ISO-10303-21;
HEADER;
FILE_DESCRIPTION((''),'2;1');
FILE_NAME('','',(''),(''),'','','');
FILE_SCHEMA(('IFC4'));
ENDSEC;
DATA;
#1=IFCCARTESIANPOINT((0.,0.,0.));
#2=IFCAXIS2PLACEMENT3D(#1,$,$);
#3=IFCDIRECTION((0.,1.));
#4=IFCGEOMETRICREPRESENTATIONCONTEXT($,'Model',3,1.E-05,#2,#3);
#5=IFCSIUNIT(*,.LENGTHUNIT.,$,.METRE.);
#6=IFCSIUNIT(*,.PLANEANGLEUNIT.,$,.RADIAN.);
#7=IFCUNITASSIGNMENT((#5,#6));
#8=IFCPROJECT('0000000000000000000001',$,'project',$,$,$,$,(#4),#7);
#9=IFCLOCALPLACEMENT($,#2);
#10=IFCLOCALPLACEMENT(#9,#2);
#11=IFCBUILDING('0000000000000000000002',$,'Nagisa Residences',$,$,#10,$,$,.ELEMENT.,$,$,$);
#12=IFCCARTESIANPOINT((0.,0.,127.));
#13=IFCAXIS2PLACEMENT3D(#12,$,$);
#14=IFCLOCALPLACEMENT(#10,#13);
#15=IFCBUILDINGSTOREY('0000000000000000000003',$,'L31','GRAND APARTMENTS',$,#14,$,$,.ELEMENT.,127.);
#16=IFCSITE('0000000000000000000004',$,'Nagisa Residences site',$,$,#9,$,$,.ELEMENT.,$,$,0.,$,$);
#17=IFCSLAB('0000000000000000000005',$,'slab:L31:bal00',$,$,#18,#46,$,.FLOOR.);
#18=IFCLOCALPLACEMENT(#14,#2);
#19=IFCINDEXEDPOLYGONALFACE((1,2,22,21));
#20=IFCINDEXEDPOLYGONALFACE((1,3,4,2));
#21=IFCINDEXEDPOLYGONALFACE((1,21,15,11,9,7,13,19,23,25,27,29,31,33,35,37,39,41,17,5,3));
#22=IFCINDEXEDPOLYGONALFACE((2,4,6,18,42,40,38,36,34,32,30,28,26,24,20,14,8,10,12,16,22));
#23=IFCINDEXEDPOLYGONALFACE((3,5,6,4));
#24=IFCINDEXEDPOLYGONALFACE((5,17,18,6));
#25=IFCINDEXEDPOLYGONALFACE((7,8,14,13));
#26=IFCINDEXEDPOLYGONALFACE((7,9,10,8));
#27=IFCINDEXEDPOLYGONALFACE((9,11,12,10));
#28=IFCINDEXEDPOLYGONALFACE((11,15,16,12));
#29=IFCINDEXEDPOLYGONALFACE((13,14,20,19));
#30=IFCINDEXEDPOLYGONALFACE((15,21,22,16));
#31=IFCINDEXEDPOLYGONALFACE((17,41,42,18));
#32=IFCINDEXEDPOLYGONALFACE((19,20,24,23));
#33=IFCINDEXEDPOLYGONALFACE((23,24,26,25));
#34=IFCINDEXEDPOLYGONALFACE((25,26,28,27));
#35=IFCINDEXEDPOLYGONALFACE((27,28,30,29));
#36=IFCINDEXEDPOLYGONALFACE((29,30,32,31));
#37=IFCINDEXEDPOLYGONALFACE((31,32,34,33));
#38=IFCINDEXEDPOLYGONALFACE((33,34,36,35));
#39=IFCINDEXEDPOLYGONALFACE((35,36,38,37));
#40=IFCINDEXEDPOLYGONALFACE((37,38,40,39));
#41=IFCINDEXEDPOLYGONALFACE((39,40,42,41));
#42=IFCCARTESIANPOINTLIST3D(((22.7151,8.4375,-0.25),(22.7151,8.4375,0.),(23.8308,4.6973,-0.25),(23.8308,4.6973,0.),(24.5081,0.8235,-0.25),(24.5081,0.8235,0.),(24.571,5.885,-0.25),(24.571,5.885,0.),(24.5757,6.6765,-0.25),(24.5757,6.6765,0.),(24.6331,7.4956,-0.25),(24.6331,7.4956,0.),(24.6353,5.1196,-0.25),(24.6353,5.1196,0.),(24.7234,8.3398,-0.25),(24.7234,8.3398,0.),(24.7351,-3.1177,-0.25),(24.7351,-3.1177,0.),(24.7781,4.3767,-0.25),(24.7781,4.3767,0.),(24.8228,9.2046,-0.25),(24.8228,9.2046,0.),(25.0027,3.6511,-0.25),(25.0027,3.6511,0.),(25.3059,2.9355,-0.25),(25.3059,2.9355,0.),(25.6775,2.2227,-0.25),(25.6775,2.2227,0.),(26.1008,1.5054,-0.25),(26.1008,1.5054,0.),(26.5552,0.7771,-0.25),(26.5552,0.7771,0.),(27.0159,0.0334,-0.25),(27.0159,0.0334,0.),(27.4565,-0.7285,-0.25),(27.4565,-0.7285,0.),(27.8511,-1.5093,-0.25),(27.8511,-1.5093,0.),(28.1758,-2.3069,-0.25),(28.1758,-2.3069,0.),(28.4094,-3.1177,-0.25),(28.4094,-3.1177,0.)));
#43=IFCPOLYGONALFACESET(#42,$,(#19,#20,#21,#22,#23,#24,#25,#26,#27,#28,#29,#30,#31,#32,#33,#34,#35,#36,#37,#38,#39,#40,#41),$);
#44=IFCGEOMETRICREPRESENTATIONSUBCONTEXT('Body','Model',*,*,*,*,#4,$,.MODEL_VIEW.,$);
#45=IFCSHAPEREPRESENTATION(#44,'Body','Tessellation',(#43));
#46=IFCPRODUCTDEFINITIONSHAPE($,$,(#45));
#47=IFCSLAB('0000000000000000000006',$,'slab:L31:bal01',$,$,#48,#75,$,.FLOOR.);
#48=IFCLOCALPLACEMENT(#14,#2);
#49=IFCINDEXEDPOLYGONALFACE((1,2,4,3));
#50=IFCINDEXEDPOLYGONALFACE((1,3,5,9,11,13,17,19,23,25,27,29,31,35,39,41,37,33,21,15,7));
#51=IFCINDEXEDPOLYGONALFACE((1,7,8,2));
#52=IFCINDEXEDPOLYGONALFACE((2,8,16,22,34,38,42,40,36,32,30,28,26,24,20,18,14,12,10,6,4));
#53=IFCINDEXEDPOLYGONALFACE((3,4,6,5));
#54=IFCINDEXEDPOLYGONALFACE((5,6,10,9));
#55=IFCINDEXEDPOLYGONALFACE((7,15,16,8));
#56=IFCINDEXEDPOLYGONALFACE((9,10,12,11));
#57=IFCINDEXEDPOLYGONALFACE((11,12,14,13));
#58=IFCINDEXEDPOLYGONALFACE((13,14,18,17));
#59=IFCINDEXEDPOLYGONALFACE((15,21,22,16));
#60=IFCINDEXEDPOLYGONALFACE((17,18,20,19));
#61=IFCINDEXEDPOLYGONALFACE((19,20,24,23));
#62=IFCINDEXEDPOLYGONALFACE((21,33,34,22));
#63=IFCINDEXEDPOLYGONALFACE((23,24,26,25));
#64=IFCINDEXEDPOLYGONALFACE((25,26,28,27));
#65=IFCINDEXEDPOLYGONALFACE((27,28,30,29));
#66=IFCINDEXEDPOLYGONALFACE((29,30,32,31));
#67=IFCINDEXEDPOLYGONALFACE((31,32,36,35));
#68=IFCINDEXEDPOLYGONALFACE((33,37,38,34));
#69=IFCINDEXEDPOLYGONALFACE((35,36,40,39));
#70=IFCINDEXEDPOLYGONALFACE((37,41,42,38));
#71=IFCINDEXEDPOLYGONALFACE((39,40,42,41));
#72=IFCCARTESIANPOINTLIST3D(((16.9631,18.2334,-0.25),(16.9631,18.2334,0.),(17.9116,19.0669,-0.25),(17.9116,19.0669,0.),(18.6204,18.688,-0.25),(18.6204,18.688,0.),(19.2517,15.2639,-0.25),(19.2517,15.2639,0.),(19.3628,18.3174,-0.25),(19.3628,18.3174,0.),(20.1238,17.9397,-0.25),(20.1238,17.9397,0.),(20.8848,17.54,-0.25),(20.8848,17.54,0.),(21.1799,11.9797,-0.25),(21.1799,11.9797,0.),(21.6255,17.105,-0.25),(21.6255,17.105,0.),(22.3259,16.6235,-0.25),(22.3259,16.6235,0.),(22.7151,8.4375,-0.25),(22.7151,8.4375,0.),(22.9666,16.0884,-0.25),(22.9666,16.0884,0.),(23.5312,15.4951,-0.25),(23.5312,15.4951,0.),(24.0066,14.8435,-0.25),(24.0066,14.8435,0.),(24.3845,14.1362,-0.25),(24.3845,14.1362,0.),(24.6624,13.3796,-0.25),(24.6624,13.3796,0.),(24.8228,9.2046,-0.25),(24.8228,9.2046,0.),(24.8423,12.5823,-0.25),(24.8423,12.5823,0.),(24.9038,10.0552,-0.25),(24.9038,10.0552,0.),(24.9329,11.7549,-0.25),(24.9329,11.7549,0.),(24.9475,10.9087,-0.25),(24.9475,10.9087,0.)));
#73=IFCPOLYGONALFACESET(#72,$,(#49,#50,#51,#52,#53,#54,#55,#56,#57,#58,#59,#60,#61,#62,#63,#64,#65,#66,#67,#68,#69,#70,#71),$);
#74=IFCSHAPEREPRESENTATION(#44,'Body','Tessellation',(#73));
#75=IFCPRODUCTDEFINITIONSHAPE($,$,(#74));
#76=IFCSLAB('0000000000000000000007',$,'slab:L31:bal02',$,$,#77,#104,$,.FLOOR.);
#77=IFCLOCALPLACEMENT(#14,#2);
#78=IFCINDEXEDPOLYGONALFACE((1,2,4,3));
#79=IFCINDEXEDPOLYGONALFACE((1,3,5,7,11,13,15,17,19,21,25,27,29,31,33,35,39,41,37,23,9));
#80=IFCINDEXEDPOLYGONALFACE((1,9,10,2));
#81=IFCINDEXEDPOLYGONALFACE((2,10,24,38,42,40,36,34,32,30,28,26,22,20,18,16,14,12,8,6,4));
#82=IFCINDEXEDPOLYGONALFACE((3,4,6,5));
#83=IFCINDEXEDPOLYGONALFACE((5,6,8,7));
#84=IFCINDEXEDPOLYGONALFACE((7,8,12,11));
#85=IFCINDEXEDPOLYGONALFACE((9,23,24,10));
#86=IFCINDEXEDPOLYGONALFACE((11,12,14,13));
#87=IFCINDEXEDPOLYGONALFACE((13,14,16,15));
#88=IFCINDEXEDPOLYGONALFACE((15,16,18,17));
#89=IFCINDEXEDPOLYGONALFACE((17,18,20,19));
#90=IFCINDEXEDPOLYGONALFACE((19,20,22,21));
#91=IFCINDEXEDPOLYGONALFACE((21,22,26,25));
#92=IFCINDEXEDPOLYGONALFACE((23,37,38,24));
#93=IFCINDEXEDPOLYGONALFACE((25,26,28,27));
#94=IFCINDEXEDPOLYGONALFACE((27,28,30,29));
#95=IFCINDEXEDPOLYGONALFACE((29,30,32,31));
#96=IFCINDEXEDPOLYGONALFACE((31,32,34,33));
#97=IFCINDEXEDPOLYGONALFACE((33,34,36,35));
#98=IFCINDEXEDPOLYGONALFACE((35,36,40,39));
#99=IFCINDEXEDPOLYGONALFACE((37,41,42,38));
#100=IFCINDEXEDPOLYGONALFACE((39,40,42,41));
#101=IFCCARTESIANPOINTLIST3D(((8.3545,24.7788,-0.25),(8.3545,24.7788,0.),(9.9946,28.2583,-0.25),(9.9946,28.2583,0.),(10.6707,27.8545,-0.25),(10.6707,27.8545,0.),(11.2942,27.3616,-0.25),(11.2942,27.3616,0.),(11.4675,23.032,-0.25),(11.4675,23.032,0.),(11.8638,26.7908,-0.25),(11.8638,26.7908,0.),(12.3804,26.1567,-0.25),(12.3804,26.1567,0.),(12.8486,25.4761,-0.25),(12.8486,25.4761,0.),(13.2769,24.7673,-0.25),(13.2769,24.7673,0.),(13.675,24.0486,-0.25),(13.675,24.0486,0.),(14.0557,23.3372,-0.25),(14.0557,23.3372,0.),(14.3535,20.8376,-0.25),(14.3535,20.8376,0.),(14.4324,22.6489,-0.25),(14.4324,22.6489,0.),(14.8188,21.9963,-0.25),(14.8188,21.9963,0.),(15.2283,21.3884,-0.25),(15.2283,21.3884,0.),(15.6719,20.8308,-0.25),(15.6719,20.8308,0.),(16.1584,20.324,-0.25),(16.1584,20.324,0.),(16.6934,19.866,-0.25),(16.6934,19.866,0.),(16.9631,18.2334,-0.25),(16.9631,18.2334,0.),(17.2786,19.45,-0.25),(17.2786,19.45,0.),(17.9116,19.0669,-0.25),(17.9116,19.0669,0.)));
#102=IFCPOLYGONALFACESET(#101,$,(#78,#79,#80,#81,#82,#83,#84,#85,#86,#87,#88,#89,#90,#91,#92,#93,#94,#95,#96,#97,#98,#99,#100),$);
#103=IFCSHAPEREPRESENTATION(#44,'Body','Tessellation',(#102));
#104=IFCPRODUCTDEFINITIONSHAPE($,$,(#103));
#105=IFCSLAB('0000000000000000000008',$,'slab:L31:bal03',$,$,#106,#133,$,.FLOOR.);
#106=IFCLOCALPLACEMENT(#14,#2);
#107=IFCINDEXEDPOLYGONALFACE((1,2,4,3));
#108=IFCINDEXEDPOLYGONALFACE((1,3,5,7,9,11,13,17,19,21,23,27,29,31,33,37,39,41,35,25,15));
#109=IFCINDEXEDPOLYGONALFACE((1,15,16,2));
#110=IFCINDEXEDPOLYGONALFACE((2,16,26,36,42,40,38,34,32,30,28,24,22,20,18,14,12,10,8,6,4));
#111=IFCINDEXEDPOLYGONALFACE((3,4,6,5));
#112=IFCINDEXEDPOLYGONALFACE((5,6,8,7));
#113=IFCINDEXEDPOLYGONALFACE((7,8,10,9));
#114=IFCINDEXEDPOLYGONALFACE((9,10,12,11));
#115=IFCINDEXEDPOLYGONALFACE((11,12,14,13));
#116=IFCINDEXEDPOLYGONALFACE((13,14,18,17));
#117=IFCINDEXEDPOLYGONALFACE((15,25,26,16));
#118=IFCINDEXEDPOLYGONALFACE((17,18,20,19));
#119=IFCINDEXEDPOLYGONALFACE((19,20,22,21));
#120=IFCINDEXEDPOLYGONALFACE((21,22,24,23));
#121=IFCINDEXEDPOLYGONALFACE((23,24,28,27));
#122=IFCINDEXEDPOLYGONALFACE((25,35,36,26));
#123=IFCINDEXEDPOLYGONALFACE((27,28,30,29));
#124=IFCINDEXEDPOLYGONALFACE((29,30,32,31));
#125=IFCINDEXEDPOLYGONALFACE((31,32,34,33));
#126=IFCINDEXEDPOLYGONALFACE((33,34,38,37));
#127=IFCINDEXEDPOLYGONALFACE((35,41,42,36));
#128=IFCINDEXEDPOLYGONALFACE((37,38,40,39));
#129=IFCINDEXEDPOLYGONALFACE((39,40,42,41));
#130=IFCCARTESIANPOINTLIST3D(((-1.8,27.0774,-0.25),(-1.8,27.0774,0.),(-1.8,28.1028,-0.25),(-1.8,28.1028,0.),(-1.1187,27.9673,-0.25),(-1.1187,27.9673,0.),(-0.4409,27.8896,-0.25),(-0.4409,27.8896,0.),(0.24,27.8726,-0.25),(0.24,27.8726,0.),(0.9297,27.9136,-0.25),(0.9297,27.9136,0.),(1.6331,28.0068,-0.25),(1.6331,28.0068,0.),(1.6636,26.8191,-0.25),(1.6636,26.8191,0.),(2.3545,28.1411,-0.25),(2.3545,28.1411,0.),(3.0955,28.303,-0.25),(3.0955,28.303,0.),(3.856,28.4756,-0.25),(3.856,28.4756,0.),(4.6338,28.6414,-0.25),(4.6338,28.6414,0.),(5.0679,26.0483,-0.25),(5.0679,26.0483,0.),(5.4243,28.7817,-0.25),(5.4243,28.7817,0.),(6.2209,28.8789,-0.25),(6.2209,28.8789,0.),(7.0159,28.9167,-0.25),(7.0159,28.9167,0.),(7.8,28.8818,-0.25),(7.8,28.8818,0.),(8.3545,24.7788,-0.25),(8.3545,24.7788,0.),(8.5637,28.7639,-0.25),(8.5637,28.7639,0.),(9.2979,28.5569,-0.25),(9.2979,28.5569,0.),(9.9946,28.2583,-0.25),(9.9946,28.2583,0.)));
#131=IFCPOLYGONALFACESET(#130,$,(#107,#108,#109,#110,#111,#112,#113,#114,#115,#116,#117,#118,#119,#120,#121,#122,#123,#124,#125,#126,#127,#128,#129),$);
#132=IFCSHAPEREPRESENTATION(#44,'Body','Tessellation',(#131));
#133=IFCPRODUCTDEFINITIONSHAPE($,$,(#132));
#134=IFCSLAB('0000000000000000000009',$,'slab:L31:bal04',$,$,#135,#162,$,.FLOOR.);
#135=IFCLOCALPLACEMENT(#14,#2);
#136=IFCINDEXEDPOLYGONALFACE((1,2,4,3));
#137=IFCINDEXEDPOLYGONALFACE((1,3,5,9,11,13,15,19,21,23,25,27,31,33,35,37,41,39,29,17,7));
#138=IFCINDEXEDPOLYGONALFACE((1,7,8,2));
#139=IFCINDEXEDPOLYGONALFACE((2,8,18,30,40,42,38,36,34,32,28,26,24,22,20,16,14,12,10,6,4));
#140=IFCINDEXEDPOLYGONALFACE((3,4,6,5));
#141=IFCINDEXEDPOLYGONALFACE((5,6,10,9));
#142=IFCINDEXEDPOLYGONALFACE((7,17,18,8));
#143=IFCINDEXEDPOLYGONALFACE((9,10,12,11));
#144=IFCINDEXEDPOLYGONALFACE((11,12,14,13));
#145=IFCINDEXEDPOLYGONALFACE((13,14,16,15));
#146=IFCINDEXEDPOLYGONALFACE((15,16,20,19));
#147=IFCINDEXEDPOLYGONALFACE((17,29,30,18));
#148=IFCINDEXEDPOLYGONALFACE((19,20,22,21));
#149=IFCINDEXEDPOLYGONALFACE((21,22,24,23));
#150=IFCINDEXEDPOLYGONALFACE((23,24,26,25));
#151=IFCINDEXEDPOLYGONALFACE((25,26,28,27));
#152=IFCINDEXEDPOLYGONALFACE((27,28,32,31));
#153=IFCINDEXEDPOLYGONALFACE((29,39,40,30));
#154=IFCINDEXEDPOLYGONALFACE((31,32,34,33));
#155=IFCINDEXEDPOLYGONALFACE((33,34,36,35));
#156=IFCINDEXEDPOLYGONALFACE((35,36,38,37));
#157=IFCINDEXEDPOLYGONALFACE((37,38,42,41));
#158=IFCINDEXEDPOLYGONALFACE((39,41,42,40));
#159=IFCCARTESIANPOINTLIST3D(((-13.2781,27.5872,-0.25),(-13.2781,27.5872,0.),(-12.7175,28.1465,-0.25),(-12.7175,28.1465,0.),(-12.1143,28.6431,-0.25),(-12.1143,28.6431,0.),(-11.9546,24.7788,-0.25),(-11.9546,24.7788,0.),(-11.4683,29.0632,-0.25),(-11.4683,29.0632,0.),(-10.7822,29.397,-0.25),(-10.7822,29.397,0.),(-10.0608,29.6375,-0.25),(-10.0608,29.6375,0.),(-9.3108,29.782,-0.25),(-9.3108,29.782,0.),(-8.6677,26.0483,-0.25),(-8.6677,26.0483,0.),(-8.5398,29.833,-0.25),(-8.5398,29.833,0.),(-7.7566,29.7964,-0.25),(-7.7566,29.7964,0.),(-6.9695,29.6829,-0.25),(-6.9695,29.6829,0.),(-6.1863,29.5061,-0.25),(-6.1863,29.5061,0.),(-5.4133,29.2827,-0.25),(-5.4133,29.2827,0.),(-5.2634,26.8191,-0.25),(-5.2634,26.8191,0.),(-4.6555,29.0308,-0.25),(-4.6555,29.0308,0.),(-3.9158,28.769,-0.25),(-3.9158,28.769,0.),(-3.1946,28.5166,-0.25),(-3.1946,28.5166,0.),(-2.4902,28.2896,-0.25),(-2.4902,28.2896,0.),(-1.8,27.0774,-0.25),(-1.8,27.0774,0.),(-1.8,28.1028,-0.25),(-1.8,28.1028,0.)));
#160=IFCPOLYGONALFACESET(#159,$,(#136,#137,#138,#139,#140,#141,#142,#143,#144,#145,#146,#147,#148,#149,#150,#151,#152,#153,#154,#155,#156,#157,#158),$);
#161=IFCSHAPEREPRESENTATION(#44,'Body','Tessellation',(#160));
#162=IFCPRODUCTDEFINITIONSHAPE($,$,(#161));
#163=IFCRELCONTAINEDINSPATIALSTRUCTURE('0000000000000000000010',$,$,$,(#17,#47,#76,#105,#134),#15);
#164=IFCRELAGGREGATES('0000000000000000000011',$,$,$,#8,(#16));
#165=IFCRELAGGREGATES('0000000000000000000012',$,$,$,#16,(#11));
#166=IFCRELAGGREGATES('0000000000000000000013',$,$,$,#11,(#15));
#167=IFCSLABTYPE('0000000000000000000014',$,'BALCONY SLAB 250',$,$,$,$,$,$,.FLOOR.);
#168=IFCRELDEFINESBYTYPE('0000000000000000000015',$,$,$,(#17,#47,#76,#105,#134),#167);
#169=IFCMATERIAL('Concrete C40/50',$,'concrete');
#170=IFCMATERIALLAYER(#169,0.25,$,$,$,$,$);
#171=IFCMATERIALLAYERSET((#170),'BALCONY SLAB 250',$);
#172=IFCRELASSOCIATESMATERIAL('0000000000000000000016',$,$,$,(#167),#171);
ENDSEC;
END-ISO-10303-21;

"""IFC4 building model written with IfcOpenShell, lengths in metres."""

from ifc_helpers import new_model, si_unit, direction, frame, origin, place, context, subcontext, project, spatial, polyline, outline, extrude, material, layer, layer_set, type_object, element, save


model = new_model("IFC4")

# Units and contexts
model_context = context("Model", 3, precision=1e-05, world=origin(), true_north=direction((0.0, 1.0)))
body_context = subcontext(model_context, "Body", "Model", "MODEL_VIEW")
ifc_project = project(units=[si_unit("LENGTHUNIT", "METRE"), si_unit("PLANEANGLEUNIT", "RADIAN")], contexts=[model_context])

# Site, building, storey
site_placement = place(None, origin())
site = spatial("IfcSite", under=ifc_project, at=site_placement, Name="Nagisa Residences site", CompositionType="ELEMENT", RefElevation=0.0)
building_placement = place(site_placement, origin())
building = spatial("IfcBuilding", under=site, at=building_placement, Name="Nagisa Residences", CompositionType="ELEMENT")
storey_placement = place(building_placement, frame((0.0, 0.0, 127.0)))
storey = spatial("IfcBuildingStorey", under=building, at=storey_placement, Name="L31", Description="GRAND APARTMENTS", CompositionType="ELEMENT", Elevation=127.0)

# Slabs
ifc_material_1 = material(Name="Concrete C40/50", Category="concrete")
ifc_layer_1 = layer(ifc_material_1, 0.25)
ifc_layer_set_1 = layer_set([ifc_layer_1], Name="BALCONY SLAB 250")
slab_type_1 = type_object("IfcSlabType", Name="BALCONY SLAB 250", PredefinedType="FLOOR", material=ifc_layer_set_1)
slab_1_placement = place(storey_placement, frame((0.0, 0.0, -0.25)))
element("IfcSlab", 1, at=slab_1_placement, inside=storey, type_object=slab_type_1, Name="slab:L31:bal00", PredefinedType="FLOOR", context=body_context, shape_type="SweptSolid", body=[
    extrude(outline(polyline([(28.4094, -3.1177), (28.1758, -2.3069), (27.8511, -1.5093), (27.4565, -0.7285), (27.0159, 0.0334), (26.5552, 0.7771), (26.1008, 1.5054), (25.6775, 2.2227), (25.3059, 2.9355), (25.0027, 3.6511), (24.7781, 4.3767), (24.6353, 5.1196), (24.571, 5.885), (24.5757, 6.6765), (24.6331, 7.4956), (24.7234, 8.3398), (24.8228, 9.2046), (22.7151, 8.4375), (23.8308, 4.6973), (24.5081, 0.8235), (24.7351, -3.1177), (28.4094, -3.1177)])), origin(), (0.0, 0.0, 1.0), 0.25),
])
slab_2_placement = place(storey_placement, frame((0.0, 0.0, -0.25)))
element("IfcSlab", 2, at=slab_2_placement, inside=storey, type_object=slab_type_1, Name="slab:L31:bal01", PredefinedType="FLOOR", context=body_context, shape_type="SweptSolid", body=[
    extrude(outline(polyline([(24.8228, 9.2046), (24.9038, 10.0552), (24.9475, 10.9087), (24.9329, 11.7549), (24.8423, 12.5823), (24.6624, 13.3796), (24.3845, 14.1362), (24.0066, 14.8435), (23.5312, 15.4951), (22.9666, 16.0884), (22.3259, 16.6235), (21.6255, 17.105), (20.8848, 17.54), (20.1238, 17.9397), (19.3628, 18.3174), (18.6204, 18.688), (17.9116, 19.0669), (16.9631, 18.2334), (19.2517, 15.2639), (21.1799, 11.9797), (22.7151, 8.4375), (24.8228, 9.2046)])), origin(), (0.0, 0.0, 1.0), 0.25),
])
slab_3_placement = place(storey_placement, frame((0.0, 0.0, -0.25)))
element("IfcSlab", 3, at=slab_3_placement, inside=storey, type_object=slab_type_1, Name="slab:L31:bal02", PredefinedType="FLOOR", context=body_context, shape_type="SweptSolid", body=[
    extrude(outline(polyline([(17.9116, 19.0669), (17.2786, 19.45), (16.6934, 19.866), (16.1584, 20.324), (15.6719, 20.8308), (15.2283, 21.3884), (14.8188, 21.9963), (14.4324, 22.6489), (14.0557, 23.3372), (13.675, 24.0486), (13.2769, 24.7673), (12.8486, 25.4761), (12.3804, 26.1567), (11.8638, 26.7908), (11.2942, 27.3616), (10.6707, 27.8545), (9.9946, 28.2583), (8.3545, 24.7788), (11.4675, 23.032), (14.3535, 20.8376), (16.9631, 18.2334), (17.9116, 19.0669)])), origin(), (0.0, 0.0, 1.0), 0.25),
])
slab_4_placement = place(storey_placement, frame((0.0, 0.0, -0.25)))
element("IfcSlab", 4, at=slab_4_placement, inside=storey, type_object=slab_type_1, Name="slab:L31:bal03", PredefinedType="FLOOR", context=body_context, shape_type="SweptSolid", body=[
    extrude(outline(polyline([(9.9946, 28.2583), (9.2979, 28.5569), (8.5637, 28.7639), (7.8, 28.8818), (7.0159, 28.9167), (6.2209, 28.8789), (5.4243, 28.7817), (4.6338, 28.6414), (3.856, 28.4756), (3.0955, 28.303), (2.3545, 28.1411), (1.6331, 28.0068), (0.9297, 27.9136), (0.24, 27.8726), (-0.4409, 27.8896), (-1.1187, 27.9673), (-1.8, 28.1028), (-1.8, 27.0774), (1.6636, 26.8191), (5.0679, 26.0483), (8.3545, 24.7788), (9.9946, 28.2583)])), origin(), (0.0, 0.0, 1.0), 0.25),
])
slab_5_placement = place(storey_placement, frame((0.0, 0.0, -0.25)))
element("IfcSlab", 5, at=slab_5_placement, inside=storey, type_object=slab_type_1, Name="slab:L31:bal04", PredefinedType="FLOOR", context=body_context, shape_type="SweptSolid", body=[
    extrude(outline(polyline([(-1.8, 28.1028), (-2.4902, 28.2896), (-3.1946, 28.5166), (-3.9158, 28.769), (-4.6555, 29.0308), (-5.4133, 29.2827), (-6.1863, 29.5061), (-6.9695, 29.6829), (-7.7566, 29.7964), (-8.5398, 29.833), (-9.3108, 29.782), (-10.0608, 29.6375), (-10.7822, 29.397), (-11.4683, 29.0632), (-12.1143, 28.6431), (-12.7175, 28.1465), (-13.2781, 27.5872), (-11.9546, 24.7788), (-8.6677, 26.0483), (-5.2634, 26.8191), (-1.8, 27.0774), (-1.8, 28.1028)])), origin(), (0.0, 0.0, 1.0), 0.25),
])

save(model, "model.ifc")
